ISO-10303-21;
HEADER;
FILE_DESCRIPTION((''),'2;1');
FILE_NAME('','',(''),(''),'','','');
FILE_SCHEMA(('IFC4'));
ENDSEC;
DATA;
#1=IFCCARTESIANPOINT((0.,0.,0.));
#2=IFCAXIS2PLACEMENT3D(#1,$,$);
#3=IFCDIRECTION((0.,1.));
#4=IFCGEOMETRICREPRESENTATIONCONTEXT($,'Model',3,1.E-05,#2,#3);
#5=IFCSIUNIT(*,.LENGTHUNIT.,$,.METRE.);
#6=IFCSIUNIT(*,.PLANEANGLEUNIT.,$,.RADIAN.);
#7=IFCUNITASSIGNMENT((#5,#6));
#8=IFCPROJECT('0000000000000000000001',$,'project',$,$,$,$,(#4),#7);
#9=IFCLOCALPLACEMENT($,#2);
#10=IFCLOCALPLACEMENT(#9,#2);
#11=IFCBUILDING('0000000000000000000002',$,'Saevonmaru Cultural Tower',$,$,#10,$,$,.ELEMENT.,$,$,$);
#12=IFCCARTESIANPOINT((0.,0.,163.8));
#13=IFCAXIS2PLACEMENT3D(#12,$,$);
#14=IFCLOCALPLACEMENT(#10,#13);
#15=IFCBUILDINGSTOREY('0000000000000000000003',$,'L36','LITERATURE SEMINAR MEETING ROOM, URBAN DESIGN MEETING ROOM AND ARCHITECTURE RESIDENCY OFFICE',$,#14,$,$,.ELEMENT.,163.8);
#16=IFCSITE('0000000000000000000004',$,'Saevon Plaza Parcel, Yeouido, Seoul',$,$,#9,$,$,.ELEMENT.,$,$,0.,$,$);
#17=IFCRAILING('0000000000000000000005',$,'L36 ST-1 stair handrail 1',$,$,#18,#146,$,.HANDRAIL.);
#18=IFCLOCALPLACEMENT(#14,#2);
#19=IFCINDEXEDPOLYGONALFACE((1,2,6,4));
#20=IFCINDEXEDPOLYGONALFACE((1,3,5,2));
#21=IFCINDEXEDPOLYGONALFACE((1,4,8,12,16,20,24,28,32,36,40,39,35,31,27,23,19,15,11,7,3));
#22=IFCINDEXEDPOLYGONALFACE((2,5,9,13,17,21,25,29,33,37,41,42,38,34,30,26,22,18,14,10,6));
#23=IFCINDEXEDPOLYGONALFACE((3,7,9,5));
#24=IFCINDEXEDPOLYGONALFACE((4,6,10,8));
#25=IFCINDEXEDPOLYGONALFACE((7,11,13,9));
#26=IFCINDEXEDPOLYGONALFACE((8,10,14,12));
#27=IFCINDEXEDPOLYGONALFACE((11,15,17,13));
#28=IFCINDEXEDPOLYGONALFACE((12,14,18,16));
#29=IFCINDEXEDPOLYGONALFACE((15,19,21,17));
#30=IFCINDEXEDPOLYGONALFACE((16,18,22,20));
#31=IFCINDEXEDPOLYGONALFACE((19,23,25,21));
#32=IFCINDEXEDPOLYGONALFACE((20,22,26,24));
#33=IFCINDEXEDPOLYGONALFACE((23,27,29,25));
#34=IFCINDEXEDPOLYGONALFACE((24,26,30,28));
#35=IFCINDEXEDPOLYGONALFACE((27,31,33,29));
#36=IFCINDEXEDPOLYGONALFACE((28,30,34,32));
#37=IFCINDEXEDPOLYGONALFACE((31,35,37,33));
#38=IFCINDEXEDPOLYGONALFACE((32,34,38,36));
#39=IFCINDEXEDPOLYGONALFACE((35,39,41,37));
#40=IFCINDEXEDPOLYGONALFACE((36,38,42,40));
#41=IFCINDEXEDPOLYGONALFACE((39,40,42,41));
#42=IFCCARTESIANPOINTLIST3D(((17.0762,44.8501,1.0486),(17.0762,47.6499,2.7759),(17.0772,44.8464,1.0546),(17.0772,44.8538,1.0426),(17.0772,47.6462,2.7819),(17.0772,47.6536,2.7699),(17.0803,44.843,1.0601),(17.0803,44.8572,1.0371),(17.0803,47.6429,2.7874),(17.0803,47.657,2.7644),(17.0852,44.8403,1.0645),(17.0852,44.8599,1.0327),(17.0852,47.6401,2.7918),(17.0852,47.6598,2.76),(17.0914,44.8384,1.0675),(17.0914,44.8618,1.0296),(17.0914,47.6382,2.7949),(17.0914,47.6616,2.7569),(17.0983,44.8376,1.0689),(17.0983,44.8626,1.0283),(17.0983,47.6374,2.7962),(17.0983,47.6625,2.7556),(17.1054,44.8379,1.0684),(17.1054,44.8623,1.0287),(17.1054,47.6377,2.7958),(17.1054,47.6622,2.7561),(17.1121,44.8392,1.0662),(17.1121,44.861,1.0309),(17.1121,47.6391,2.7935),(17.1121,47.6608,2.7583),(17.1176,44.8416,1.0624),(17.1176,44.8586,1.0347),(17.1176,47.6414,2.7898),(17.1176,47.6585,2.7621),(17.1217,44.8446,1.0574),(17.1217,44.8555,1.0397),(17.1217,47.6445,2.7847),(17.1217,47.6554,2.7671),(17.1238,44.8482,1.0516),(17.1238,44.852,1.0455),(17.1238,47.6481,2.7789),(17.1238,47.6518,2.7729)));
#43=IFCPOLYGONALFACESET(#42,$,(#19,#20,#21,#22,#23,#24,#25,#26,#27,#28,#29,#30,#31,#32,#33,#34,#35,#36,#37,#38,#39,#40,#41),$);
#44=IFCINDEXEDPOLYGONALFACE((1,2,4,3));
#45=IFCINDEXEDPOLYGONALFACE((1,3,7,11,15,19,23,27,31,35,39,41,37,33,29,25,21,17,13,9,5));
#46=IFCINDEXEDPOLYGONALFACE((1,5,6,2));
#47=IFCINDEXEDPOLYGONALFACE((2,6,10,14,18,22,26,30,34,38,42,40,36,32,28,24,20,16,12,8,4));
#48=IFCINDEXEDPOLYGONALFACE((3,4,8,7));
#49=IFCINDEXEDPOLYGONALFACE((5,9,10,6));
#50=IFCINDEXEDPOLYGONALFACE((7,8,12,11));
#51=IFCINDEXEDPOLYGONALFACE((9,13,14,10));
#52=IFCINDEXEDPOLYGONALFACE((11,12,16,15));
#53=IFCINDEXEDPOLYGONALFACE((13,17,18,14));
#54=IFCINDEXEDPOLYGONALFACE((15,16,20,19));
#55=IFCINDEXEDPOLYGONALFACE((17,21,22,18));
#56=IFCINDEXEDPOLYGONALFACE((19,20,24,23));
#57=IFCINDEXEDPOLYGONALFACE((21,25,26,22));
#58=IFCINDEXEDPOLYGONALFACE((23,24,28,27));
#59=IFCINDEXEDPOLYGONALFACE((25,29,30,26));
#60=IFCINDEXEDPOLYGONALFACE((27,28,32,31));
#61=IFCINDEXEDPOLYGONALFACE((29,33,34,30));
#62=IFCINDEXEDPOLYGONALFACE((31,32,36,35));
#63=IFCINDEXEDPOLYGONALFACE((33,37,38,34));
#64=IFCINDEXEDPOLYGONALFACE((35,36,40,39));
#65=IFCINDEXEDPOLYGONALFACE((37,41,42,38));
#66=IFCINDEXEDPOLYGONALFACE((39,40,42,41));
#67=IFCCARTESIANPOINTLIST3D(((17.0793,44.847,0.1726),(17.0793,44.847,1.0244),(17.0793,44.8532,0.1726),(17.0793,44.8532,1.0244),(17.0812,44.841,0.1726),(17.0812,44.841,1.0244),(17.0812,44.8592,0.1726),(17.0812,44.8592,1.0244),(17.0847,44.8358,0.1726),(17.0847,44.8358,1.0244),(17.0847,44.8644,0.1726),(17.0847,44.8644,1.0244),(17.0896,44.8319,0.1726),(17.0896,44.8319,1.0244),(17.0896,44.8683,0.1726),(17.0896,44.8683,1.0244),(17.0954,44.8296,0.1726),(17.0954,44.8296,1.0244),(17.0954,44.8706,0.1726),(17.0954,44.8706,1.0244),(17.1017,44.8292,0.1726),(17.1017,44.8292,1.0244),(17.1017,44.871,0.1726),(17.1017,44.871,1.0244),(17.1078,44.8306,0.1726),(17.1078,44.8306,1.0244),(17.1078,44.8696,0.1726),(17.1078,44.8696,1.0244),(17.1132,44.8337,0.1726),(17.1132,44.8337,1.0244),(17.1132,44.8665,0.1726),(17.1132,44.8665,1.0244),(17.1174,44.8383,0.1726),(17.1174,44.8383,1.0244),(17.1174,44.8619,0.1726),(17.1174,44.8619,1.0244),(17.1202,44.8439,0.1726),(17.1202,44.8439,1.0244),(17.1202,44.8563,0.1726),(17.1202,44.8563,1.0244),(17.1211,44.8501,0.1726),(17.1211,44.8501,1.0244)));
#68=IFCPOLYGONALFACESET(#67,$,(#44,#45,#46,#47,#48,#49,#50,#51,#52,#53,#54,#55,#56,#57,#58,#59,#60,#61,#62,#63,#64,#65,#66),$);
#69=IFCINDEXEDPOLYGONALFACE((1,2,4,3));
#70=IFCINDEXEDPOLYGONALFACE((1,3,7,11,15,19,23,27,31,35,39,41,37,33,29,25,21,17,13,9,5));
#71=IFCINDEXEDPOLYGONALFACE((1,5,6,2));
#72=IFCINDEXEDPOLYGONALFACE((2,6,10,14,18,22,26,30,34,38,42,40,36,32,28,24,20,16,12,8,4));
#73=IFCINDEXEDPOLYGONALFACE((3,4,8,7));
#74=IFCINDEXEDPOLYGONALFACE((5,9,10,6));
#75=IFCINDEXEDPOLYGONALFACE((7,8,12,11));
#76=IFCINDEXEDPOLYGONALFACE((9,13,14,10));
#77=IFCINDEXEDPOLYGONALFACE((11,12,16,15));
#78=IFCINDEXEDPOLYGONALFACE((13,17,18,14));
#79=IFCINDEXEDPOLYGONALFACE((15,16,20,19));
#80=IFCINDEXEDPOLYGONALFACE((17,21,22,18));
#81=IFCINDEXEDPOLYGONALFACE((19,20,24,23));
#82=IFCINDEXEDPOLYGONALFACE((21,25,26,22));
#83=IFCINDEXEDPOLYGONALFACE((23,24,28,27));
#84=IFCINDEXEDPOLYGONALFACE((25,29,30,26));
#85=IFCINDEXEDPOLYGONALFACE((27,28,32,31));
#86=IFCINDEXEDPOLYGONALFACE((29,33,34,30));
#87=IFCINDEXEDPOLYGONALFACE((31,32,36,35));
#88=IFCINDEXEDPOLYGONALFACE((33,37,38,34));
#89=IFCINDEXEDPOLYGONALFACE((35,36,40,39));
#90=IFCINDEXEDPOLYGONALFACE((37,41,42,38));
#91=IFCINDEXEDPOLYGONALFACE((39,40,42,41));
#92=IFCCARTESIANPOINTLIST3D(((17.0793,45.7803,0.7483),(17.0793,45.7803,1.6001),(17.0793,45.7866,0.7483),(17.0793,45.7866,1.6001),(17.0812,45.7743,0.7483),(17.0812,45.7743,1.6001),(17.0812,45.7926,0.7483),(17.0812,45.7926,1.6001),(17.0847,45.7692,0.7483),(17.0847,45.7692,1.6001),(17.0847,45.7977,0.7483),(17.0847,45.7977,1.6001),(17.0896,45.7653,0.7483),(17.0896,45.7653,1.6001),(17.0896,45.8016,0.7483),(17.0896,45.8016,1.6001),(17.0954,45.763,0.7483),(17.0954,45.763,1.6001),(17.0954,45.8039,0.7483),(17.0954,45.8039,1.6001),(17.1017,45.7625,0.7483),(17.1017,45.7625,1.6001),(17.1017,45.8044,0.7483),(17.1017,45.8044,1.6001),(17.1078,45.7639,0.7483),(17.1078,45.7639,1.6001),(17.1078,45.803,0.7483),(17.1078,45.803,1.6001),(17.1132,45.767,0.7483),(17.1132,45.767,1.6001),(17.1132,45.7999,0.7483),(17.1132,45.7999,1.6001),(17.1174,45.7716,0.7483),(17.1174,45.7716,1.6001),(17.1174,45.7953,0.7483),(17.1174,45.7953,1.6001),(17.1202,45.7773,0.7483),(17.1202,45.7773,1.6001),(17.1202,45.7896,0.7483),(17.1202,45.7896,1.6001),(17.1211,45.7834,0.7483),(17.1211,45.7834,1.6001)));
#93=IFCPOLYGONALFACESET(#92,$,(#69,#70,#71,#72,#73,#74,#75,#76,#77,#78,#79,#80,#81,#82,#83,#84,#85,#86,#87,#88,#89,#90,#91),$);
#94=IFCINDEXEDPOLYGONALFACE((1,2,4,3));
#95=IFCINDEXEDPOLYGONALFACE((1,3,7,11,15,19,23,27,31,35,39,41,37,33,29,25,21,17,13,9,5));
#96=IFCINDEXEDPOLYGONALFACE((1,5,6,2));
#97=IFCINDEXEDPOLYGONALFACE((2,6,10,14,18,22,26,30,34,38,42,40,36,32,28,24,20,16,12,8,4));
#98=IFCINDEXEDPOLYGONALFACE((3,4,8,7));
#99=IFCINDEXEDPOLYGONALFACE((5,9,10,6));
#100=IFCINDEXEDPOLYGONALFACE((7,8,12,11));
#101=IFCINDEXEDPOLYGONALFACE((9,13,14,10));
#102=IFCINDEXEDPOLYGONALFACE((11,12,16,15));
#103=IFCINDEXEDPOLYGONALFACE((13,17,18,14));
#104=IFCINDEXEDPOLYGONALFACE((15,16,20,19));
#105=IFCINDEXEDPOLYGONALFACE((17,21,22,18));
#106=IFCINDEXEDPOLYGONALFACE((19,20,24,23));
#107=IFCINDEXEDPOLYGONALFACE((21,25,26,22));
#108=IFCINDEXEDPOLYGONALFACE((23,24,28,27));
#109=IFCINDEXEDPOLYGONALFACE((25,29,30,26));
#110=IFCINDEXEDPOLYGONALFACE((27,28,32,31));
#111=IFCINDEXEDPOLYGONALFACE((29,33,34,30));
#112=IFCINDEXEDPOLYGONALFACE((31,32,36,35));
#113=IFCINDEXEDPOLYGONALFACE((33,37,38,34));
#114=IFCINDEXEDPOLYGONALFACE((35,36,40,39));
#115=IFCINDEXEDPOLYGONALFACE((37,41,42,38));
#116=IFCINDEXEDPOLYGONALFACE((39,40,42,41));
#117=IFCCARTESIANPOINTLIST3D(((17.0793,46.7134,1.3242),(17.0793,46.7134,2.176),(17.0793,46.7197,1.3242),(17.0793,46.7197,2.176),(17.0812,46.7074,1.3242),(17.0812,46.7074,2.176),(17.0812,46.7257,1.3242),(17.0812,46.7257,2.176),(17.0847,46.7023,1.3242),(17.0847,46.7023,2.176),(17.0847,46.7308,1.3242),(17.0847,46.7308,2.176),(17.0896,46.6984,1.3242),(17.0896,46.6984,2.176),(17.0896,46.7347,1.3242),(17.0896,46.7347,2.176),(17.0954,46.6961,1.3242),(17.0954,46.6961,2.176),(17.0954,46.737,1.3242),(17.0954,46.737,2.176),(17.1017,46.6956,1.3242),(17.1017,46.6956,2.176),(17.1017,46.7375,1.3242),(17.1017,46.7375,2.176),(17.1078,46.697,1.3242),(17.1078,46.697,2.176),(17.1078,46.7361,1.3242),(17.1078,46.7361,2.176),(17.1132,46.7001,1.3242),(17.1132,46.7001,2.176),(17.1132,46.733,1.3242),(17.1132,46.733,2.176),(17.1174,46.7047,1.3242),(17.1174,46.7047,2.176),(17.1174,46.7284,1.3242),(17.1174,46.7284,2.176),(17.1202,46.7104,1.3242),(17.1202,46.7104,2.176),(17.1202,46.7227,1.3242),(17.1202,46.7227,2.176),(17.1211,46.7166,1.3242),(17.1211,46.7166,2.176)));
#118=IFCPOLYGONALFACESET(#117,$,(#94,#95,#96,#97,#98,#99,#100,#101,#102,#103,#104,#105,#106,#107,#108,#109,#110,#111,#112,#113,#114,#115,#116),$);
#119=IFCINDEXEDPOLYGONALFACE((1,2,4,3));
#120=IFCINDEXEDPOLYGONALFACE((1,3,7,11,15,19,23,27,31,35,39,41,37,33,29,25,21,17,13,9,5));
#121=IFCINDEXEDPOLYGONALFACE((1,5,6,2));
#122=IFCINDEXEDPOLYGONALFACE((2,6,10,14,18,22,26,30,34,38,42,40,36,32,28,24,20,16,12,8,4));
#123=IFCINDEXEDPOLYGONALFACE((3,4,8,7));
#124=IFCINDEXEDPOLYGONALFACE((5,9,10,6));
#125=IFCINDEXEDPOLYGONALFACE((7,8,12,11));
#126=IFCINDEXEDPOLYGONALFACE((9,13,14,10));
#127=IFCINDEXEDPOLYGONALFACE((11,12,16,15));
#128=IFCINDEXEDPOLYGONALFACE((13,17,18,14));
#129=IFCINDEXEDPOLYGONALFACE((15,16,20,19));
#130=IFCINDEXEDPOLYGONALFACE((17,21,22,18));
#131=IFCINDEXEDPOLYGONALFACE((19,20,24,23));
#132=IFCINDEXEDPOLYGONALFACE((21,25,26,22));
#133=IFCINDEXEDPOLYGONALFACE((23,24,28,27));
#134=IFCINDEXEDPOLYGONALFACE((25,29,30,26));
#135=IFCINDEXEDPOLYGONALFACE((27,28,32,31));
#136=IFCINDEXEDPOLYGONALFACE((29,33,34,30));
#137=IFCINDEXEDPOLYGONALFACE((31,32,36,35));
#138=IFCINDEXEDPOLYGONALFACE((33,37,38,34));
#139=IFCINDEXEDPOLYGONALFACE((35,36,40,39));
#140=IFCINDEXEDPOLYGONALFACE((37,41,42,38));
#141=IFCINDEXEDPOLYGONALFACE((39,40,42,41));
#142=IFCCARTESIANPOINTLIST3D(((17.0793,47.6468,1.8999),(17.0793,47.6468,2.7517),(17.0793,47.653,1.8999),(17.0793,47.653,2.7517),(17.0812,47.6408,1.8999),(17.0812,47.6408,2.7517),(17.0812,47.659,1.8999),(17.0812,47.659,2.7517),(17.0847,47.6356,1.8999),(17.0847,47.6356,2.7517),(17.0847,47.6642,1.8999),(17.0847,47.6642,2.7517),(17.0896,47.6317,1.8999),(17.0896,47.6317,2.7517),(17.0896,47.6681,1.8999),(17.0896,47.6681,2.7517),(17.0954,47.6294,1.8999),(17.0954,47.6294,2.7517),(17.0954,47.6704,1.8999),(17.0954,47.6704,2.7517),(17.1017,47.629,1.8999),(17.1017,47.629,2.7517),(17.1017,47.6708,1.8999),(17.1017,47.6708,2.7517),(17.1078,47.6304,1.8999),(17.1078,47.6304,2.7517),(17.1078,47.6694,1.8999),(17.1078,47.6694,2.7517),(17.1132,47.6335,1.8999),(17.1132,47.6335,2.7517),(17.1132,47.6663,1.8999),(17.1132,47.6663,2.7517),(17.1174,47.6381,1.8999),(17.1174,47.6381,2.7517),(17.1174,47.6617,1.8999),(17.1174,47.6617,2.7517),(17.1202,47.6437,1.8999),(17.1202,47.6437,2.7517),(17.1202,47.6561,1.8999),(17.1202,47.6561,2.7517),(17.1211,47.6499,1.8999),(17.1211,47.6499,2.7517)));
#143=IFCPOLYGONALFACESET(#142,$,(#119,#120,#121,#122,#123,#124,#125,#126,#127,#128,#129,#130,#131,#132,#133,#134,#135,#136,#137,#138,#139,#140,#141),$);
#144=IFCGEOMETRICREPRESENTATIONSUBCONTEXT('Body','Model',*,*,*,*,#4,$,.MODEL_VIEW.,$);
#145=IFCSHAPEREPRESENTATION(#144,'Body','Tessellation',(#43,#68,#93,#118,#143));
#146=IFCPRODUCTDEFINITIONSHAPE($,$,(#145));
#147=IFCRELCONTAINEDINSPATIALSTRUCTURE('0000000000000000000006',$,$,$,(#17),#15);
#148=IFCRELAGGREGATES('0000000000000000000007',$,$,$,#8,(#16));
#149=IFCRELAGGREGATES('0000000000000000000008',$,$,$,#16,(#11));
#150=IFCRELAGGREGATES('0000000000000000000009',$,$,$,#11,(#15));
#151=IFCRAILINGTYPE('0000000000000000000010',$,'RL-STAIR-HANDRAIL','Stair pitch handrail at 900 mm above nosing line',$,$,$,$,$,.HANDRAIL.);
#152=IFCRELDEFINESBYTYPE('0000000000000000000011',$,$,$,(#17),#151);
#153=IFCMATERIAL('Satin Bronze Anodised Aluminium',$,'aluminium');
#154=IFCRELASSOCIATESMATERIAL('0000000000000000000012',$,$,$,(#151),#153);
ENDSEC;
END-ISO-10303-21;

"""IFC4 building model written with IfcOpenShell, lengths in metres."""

from ifc_helpers import new_model, si_unit, direction, frame, origin, origin_2d, place, context, subcontext, project, spatial, circle, extrude, material, type_object, element, save


model = new_model("IFC4")

# Units and contexts
model_context = context("Model", 3, precision=1e-05, world=origin(), true_north=direction((0.0, 1.0)))
body_context = subcontext(model_context, "Body", "Model", "MODEL_VIEW")
ifc_project = project(units=[si_unit("LENGTHUNIT", "METRE"), si_unit("PLANEANGLEUNIT", "RADIAN")], contexts=[model_context])

# Site, building, storey
site_placement = place(None, origin())
site = spatial("IfcSite", under=ifc_project, at=site_placement, Name="Saevon Plaza Parcel, Yeouido, Seoul", CompositionType="ELEMENT", RefElevation=0.0)
building_placement = place(site_placement, origin())
building = spatial("IfcBuilding", under=site, at=building_placement, Name="Saevonmaru Cultural Tower", CompositionType="ELEMENT")
storey_placement = place(building_placement, frame((0.0, 0.0, 163.8)))
storey = spatial("IfcBuildingStorey", under=building, at=storey_placement, Name="L36", Description="LITERATURE SEMINAR MEETING ROOM, URBAN DESIGN MEETING ROOM AND ARCHITECTURE RESIDENCY OFFICE", CompositionType="ELEMENT", Elevation=163.8)

# Shared definitions
ifc_material_1 = material(Name="Satin Bronze Anodised Aluminium", Category="aluminium")

# Railing
railing_type_1 = type_object("IfcRailingType", Name="RL-STAIR-HANDRAIL", Description="Stair pitch handrail at 900 mm above nosing line", PredefinedType="HANDRAIL", material=ifc_material_1)
railing_1_placement = place(storey_placement, frame((17.1001, 44.8501, 0.1726)))
element("IfcRailing", 1, at=railing_1_placement, inside=storey, type_object=railing_type_1, Name="L36 ST-1 stair handrail 1", PredefinedType="HANDRAIL", context=body_context, shape_type="SweptSolid", body=[
    extrude(circle(Radius=0.0239, at=origin_2d()), frame((0.0, 0.0, 0.876), z_axis=(0.0, 0.851069, 0.525054), x_axis=(-1.0, 0.0, 0.0)), (0.0, 0.0, 1.0), 3.2898),
    extrude(circle(Radius=0.021, at=origin_2d()), origin(), (0.0, 0.0, 1.0), 0.8518),
    extrude(circle(Radius=0.021, at=origin_2d()), frame((0.0, 0.9333, 0.5757)), (0.0, 0.0, 1.0), 0.8518),
    extrude(circle(Radius=0.021, at=origin_2d()), frame((0.0, 1.8665, 1.1516)), (0.0, 0.0, 1.0), 0.8518),
    extrude(circle(Radius=0.021, at=origin_2d()), frame((0.0, 2.7998, 1.7273)), (0.0, 0.0, 1.0), 0.8518),
])

save(model, "model.ifc")
